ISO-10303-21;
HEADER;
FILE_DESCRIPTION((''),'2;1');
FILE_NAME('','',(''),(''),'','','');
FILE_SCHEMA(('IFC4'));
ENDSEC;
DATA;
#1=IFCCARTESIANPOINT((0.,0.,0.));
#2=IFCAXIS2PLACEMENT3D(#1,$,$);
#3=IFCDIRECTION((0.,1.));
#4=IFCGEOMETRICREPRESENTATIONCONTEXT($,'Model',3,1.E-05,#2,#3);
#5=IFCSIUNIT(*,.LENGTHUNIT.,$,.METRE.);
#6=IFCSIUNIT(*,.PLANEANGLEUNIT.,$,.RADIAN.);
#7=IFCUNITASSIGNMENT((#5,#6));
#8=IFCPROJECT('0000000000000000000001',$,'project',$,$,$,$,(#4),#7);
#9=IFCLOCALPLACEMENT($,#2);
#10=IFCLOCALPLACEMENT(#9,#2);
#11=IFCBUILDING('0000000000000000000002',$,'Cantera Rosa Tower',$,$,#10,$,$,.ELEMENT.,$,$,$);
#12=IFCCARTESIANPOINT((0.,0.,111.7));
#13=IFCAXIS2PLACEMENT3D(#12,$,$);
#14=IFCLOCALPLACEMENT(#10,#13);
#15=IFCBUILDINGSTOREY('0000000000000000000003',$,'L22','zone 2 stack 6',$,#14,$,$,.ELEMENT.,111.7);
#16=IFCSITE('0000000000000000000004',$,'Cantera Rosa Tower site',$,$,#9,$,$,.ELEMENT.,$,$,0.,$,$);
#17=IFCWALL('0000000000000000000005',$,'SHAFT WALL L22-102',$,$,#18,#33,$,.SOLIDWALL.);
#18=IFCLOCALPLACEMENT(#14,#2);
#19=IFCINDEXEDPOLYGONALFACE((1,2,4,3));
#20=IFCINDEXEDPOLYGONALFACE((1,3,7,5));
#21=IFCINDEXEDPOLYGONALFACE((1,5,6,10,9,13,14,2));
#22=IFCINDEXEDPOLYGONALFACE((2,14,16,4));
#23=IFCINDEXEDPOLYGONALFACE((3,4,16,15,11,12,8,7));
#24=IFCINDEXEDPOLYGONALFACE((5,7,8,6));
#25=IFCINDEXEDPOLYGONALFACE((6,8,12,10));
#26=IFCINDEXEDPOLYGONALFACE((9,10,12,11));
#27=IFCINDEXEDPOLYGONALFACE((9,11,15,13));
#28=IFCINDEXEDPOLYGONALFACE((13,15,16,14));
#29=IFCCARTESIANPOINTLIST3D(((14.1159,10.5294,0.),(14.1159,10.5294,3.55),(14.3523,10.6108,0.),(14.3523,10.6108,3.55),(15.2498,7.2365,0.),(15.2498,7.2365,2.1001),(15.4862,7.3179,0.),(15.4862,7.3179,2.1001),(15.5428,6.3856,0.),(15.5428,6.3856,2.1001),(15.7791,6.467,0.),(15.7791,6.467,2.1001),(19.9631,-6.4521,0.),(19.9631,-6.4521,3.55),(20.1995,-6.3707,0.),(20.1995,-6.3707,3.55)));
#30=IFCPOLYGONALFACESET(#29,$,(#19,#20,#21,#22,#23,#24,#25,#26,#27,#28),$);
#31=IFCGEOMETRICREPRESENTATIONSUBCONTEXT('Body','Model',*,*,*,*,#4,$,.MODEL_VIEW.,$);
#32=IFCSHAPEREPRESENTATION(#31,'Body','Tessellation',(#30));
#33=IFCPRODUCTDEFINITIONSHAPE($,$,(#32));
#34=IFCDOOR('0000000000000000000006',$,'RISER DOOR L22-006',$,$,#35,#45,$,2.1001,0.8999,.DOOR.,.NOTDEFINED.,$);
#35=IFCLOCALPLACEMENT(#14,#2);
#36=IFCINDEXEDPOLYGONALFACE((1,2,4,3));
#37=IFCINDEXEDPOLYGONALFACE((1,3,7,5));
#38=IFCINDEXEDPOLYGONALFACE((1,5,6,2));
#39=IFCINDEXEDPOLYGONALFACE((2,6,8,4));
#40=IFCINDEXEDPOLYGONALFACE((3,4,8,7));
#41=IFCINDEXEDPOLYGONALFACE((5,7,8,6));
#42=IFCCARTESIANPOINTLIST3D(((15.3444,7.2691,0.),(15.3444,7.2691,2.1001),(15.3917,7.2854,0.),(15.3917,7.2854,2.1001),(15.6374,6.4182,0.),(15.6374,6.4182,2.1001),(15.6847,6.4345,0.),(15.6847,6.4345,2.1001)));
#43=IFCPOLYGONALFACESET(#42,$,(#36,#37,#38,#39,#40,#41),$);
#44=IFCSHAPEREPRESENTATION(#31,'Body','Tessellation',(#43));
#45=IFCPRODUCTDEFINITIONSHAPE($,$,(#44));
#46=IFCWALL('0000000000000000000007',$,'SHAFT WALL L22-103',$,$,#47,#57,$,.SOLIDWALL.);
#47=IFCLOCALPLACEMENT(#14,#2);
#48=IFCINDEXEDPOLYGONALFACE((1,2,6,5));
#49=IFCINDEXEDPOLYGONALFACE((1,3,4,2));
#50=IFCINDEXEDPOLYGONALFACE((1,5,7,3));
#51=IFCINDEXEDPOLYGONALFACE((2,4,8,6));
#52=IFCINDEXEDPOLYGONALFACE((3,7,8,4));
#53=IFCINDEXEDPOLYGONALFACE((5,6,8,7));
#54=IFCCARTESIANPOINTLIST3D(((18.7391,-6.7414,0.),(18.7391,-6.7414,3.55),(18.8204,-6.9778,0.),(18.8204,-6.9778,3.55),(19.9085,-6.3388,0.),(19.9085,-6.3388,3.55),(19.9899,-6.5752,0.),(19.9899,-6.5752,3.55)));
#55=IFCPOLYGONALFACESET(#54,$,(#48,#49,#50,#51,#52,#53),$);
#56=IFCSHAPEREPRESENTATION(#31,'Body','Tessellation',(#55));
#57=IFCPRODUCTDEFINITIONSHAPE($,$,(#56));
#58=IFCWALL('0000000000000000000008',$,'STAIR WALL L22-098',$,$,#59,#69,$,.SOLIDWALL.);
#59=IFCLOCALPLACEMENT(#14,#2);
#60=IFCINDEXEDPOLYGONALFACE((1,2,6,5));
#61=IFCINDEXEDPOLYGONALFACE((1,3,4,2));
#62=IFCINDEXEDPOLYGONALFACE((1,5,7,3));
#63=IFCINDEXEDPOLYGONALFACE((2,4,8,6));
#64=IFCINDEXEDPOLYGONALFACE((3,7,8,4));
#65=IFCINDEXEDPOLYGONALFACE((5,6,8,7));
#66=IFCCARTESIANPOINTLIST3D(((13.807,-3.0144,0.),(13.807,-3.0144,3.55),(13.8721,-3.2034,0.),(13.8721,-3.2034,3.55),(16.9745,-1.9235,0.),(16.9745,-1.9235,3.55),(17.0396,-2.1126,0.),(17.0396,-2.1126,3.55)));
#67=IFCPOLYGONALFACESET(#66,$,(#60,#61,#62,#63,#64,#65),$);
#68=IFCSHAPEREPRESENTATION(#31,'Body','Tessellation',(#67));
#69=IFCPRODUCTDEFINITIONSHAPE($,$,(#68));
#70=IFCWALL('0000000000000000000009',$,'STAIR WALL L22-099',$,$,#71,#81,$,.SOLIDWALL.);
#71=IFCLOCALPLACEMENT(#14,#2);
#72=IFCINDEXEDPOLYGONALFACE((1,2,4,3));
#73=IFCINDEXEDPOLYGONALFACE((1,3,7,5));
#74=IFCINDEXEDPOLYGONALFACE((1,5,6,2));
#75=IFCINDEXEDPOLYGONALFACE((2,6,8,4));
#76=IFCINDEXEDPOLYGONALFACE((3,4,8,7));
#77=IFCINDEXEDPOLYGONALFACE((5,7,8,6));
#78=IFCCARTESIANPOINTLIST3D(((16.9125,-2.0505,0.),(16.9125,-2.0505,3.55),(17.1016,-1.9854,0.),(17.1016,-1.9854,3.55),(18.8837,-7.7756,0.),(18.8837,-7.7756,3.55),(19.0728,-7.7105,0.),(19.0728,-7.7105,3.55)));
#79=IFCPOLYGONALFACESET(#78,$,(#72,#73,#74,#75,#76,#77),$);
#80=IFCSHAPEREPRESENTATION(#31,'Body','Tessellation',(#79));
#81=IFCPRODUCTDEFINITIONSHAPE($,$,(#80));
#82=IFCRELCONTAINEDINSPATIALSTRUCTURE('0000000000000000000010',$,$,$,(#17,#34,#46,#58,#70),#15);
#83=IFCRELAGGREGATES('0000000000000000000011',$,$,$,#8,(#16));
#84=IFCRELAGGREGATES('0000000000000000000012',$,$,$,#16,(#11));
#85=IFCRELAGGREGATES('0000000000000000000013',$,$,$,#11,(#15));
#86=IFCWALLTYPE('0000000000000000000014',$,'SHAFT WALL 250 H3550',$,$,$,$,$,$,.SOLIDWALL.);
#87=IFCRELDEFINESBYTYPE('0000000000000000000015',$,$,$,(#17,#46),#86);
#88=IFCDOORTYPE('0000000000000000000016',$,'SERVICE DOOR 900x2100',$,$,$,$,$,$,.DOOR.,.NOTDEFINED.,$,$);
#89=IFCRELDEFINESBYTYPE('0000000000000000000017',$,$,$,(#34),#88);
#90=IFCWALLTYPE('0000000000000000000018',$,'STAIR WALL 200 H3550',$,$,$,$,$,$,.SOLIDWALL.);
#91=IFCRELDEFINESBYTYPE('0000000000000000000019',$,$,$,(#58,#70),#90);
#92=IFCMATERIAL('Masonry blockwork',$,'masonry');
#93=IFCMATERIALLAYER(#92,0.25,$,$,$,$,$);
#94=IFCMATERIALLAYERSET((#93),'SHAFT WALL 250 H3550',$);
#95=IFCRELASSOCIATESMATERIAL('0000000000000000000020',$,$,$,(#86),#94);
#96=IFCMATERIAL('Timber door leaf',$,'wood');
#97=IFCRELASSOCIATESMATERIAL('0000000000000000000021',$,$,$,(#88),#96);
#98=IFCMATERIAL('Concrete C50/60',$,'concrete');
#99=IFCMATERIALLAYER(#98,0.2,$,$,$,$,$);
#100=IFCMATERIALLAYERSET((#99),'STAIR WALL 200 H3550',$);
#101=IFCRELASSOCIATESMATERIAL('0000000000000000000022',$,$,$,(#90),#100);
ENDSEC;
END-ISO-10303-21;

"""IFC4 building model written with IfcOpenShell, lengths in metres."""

from ifc_helpers import new_model, si_unit, direction, frame, frame_2d, origin, place, context, subcontext, project, spatial, rectangle, extrude, material, layer, layer_set, type_object, element, fill, save


model = new_model("IFC4")

# Units and contexts
model_context = context("Model", 3, precision=1e-05, world=origin(), true_north=direction((0.0, 1.0)))
body_context = subcontext(model_context, "Body", "Model", "MODEL_VIEW")
ifc_project = project(units=[si_unit("LENGTHUNIT", "METRE"), si_unit("PLANEANGLEUNIT", "RADIAN")], contexts=[model_context])

# Site, building, storey
site_placement = place(None, origin())
site = spatial("IfcSite", under=ifc_project, at=site_placement, Name="Cantera Rosa Tower site", CompositionType="ELEMENT", RefElevation=0.0)
building_placement = place(site_placement, origin())
building = spatial("IfcBuilding", under=site, at=building_placement, Name="Cantera Rosa Tower", CompositionType="ELEMENT")
storey_placement = place(building_placement, frame((0.0, 0.0, 111.7)))
storey = spatial("IfcBuildingStorey", under=building, at=storey_placement, Name="L22", Description="zone 2 stack 6", CompositionType="ELEMENT", Elevation=111.7)

# Wall, opening, door
ifc_material_1 = material(Name="Masonry blockwork", Category="masonry")
ifc_layer_1 = layer(ifc_material_1, 0.25)
ifc_layer_set_1 = layer_set([ifc_layer_1], Name="SHAFT WALL 250 H3550")
wall_type_1 = type_object("IfcWallType", Name="SHAFT WALL 250 H3550", PredefinedType="SOLIDWALL", material=ifc_layer_set_1)
wall_1_placement = place(storey_placement, frame((20.0813, -6.4114, 0.0), z_axis=(0.0, 0.0, 1.0), x_axis=(-0.325568, 0.945519, 0.0)))
wall_1 = element("IfcWall", 1, at=wall_1_placement, inside=storey, type_object=wall_type_1, Name="SHAFT WALL L22-102", PredefinedType="SOLIDWALL", context=body_context, shape_type="SweptSolid", body=[
    extrude(rectangle(XDim=17.96, YDim=0.25, at=frame_2d((8.98, 0.0))), origin(), (0.0, 0.0, 1.0), 3.55),
])
opening_1_placement = place(wall_1_placement, frame((13.5774, 0.0, 0.0)))
opening_1 = element("IfcOpeningElement", 2, at=opening_1_placement, cuts=wall_1, PredefinedType="OPENING", context=body_context, shape_type="SweptSolid", body=[
    extrude(rectangle(XDim=0.8999, YDim=2.1001, at=frame_2d((0.45, 1.05))), frame((0.0, 0.135, 0.0), z_axis=(0.0, -1.0, 0.0), x_axis=(1.0, 0.0, 0.0)), (0.0, 0.0, 1.0), 0.27),
])
ifc_material_2 = material(Name="Timber door leaf", Category="wood")
door_type_1 = type_object("IfcDoorType", Name="SERVICE DOOR 900x2100", OperationType="NOTDEFINED", PredefinedType="DOOR", material=ifc_material_2)
door_1_placement = place(opening_1_placement, origin())
door_1 = element("IfcDoor", 3, at=door_1_placement, inside=storey, type_object=door_type_1, Name="RISER DOOR L22-006", OperationType="NOTDEFINED", OverallHeight=2.1001, OverallWidth=0.8999, PredefinedType="DOOR", context=body_context, shape_type="SweptSolid", body=[
    extrude(rectangle(XDim=0.8999, YDim=2.1001, at=frame_2d((0.45, 1.05))), frame((0.0, 0.0249, 0.0), z_axis=(0.0, -1.0, 0.0), x_axis=(1.0, 0.0, 0.0)), (0.0, 0.0, 1.0), 0.05),
])
fill(opening_1, door_1)

# Walls
wall_2_placement = place(storey_placement, frame((19.9492, -6.457, 0.0), z_axis=(0.0, 0.0, 1.0), x_axis=(-0.945539, -0.32551, 0.0)))
element("IfcWall", 4, at=wall_2_placement, inside=storey, type_object=wall_type_1, Name="SHAFT WALL L22-103", PredefinedType="SOLIDWALL", context=body_context, shape_type="SweptSolid", body=[
    extrude(rectangle(XDim=1.2368, YDim=0.25, at=frame_2d((0.6184, 0.0))), origin(), (0.0, 0.0, 1.0), 3.55),
])
ifc_material_3 = material(Name="Concrete C50/60", Category="concrete")
ifc_layer_2 = layer(ifc_material_3, 0.2)
ifc_layer_set_2 = layer_set([ifc_layer_2], Name="STAIR WALL 200 H3550")
wall_type_2 = type_object("IfcWallType", Name="STAIR WALL 200 H3550", PredefinedType="SOLIDWALL", material=ifc_layer_set_2)
wall_3_placement = place(storey_placement, frame((17.0071, -2.0181, 0.0), z_axis=(0.0, 0.0, 1.0), x_axis=(-0.945503, -0.325613, 0.0)))
element("IfcWall", 5, at=wall_3_placement, inside=storey, type_object=wall_type_2, Name="STAIR WALL L22-098", PredefinedType="SOLIDWALL", context=body_context, shape_type="SweptSolid", body=[
    extrude(rectangle(XDim=3.3501, YDim=0.2, at=frame_2d((1.675, 0.0))), origin(), (0.0, 0.0, 1.0), 3.55),
])
wall_4_placement = place(storey_placement, frame((17.0071, -2.0181, 0.0), z_axis=(0.0, 0.0, 1.0), x_axis=(0.325551, -0.945525, 0.0)))
element("IfcWall", 6, at=wall_4_placement, inside=storey, type_object=wall_type_2, Name="STAIR WALL L22-099", PredefinedType="SOLIDWALL", context=body_context, shape_type="SweptSolid", body=[
    extrude(rectangle(XDim=6.0549, YDim=0.2, at=frame_2d((3.0273, 0.0))), origin(), (0.0, 0.0, 1.0), 3.55),
])

save(model, "model.ifc")
